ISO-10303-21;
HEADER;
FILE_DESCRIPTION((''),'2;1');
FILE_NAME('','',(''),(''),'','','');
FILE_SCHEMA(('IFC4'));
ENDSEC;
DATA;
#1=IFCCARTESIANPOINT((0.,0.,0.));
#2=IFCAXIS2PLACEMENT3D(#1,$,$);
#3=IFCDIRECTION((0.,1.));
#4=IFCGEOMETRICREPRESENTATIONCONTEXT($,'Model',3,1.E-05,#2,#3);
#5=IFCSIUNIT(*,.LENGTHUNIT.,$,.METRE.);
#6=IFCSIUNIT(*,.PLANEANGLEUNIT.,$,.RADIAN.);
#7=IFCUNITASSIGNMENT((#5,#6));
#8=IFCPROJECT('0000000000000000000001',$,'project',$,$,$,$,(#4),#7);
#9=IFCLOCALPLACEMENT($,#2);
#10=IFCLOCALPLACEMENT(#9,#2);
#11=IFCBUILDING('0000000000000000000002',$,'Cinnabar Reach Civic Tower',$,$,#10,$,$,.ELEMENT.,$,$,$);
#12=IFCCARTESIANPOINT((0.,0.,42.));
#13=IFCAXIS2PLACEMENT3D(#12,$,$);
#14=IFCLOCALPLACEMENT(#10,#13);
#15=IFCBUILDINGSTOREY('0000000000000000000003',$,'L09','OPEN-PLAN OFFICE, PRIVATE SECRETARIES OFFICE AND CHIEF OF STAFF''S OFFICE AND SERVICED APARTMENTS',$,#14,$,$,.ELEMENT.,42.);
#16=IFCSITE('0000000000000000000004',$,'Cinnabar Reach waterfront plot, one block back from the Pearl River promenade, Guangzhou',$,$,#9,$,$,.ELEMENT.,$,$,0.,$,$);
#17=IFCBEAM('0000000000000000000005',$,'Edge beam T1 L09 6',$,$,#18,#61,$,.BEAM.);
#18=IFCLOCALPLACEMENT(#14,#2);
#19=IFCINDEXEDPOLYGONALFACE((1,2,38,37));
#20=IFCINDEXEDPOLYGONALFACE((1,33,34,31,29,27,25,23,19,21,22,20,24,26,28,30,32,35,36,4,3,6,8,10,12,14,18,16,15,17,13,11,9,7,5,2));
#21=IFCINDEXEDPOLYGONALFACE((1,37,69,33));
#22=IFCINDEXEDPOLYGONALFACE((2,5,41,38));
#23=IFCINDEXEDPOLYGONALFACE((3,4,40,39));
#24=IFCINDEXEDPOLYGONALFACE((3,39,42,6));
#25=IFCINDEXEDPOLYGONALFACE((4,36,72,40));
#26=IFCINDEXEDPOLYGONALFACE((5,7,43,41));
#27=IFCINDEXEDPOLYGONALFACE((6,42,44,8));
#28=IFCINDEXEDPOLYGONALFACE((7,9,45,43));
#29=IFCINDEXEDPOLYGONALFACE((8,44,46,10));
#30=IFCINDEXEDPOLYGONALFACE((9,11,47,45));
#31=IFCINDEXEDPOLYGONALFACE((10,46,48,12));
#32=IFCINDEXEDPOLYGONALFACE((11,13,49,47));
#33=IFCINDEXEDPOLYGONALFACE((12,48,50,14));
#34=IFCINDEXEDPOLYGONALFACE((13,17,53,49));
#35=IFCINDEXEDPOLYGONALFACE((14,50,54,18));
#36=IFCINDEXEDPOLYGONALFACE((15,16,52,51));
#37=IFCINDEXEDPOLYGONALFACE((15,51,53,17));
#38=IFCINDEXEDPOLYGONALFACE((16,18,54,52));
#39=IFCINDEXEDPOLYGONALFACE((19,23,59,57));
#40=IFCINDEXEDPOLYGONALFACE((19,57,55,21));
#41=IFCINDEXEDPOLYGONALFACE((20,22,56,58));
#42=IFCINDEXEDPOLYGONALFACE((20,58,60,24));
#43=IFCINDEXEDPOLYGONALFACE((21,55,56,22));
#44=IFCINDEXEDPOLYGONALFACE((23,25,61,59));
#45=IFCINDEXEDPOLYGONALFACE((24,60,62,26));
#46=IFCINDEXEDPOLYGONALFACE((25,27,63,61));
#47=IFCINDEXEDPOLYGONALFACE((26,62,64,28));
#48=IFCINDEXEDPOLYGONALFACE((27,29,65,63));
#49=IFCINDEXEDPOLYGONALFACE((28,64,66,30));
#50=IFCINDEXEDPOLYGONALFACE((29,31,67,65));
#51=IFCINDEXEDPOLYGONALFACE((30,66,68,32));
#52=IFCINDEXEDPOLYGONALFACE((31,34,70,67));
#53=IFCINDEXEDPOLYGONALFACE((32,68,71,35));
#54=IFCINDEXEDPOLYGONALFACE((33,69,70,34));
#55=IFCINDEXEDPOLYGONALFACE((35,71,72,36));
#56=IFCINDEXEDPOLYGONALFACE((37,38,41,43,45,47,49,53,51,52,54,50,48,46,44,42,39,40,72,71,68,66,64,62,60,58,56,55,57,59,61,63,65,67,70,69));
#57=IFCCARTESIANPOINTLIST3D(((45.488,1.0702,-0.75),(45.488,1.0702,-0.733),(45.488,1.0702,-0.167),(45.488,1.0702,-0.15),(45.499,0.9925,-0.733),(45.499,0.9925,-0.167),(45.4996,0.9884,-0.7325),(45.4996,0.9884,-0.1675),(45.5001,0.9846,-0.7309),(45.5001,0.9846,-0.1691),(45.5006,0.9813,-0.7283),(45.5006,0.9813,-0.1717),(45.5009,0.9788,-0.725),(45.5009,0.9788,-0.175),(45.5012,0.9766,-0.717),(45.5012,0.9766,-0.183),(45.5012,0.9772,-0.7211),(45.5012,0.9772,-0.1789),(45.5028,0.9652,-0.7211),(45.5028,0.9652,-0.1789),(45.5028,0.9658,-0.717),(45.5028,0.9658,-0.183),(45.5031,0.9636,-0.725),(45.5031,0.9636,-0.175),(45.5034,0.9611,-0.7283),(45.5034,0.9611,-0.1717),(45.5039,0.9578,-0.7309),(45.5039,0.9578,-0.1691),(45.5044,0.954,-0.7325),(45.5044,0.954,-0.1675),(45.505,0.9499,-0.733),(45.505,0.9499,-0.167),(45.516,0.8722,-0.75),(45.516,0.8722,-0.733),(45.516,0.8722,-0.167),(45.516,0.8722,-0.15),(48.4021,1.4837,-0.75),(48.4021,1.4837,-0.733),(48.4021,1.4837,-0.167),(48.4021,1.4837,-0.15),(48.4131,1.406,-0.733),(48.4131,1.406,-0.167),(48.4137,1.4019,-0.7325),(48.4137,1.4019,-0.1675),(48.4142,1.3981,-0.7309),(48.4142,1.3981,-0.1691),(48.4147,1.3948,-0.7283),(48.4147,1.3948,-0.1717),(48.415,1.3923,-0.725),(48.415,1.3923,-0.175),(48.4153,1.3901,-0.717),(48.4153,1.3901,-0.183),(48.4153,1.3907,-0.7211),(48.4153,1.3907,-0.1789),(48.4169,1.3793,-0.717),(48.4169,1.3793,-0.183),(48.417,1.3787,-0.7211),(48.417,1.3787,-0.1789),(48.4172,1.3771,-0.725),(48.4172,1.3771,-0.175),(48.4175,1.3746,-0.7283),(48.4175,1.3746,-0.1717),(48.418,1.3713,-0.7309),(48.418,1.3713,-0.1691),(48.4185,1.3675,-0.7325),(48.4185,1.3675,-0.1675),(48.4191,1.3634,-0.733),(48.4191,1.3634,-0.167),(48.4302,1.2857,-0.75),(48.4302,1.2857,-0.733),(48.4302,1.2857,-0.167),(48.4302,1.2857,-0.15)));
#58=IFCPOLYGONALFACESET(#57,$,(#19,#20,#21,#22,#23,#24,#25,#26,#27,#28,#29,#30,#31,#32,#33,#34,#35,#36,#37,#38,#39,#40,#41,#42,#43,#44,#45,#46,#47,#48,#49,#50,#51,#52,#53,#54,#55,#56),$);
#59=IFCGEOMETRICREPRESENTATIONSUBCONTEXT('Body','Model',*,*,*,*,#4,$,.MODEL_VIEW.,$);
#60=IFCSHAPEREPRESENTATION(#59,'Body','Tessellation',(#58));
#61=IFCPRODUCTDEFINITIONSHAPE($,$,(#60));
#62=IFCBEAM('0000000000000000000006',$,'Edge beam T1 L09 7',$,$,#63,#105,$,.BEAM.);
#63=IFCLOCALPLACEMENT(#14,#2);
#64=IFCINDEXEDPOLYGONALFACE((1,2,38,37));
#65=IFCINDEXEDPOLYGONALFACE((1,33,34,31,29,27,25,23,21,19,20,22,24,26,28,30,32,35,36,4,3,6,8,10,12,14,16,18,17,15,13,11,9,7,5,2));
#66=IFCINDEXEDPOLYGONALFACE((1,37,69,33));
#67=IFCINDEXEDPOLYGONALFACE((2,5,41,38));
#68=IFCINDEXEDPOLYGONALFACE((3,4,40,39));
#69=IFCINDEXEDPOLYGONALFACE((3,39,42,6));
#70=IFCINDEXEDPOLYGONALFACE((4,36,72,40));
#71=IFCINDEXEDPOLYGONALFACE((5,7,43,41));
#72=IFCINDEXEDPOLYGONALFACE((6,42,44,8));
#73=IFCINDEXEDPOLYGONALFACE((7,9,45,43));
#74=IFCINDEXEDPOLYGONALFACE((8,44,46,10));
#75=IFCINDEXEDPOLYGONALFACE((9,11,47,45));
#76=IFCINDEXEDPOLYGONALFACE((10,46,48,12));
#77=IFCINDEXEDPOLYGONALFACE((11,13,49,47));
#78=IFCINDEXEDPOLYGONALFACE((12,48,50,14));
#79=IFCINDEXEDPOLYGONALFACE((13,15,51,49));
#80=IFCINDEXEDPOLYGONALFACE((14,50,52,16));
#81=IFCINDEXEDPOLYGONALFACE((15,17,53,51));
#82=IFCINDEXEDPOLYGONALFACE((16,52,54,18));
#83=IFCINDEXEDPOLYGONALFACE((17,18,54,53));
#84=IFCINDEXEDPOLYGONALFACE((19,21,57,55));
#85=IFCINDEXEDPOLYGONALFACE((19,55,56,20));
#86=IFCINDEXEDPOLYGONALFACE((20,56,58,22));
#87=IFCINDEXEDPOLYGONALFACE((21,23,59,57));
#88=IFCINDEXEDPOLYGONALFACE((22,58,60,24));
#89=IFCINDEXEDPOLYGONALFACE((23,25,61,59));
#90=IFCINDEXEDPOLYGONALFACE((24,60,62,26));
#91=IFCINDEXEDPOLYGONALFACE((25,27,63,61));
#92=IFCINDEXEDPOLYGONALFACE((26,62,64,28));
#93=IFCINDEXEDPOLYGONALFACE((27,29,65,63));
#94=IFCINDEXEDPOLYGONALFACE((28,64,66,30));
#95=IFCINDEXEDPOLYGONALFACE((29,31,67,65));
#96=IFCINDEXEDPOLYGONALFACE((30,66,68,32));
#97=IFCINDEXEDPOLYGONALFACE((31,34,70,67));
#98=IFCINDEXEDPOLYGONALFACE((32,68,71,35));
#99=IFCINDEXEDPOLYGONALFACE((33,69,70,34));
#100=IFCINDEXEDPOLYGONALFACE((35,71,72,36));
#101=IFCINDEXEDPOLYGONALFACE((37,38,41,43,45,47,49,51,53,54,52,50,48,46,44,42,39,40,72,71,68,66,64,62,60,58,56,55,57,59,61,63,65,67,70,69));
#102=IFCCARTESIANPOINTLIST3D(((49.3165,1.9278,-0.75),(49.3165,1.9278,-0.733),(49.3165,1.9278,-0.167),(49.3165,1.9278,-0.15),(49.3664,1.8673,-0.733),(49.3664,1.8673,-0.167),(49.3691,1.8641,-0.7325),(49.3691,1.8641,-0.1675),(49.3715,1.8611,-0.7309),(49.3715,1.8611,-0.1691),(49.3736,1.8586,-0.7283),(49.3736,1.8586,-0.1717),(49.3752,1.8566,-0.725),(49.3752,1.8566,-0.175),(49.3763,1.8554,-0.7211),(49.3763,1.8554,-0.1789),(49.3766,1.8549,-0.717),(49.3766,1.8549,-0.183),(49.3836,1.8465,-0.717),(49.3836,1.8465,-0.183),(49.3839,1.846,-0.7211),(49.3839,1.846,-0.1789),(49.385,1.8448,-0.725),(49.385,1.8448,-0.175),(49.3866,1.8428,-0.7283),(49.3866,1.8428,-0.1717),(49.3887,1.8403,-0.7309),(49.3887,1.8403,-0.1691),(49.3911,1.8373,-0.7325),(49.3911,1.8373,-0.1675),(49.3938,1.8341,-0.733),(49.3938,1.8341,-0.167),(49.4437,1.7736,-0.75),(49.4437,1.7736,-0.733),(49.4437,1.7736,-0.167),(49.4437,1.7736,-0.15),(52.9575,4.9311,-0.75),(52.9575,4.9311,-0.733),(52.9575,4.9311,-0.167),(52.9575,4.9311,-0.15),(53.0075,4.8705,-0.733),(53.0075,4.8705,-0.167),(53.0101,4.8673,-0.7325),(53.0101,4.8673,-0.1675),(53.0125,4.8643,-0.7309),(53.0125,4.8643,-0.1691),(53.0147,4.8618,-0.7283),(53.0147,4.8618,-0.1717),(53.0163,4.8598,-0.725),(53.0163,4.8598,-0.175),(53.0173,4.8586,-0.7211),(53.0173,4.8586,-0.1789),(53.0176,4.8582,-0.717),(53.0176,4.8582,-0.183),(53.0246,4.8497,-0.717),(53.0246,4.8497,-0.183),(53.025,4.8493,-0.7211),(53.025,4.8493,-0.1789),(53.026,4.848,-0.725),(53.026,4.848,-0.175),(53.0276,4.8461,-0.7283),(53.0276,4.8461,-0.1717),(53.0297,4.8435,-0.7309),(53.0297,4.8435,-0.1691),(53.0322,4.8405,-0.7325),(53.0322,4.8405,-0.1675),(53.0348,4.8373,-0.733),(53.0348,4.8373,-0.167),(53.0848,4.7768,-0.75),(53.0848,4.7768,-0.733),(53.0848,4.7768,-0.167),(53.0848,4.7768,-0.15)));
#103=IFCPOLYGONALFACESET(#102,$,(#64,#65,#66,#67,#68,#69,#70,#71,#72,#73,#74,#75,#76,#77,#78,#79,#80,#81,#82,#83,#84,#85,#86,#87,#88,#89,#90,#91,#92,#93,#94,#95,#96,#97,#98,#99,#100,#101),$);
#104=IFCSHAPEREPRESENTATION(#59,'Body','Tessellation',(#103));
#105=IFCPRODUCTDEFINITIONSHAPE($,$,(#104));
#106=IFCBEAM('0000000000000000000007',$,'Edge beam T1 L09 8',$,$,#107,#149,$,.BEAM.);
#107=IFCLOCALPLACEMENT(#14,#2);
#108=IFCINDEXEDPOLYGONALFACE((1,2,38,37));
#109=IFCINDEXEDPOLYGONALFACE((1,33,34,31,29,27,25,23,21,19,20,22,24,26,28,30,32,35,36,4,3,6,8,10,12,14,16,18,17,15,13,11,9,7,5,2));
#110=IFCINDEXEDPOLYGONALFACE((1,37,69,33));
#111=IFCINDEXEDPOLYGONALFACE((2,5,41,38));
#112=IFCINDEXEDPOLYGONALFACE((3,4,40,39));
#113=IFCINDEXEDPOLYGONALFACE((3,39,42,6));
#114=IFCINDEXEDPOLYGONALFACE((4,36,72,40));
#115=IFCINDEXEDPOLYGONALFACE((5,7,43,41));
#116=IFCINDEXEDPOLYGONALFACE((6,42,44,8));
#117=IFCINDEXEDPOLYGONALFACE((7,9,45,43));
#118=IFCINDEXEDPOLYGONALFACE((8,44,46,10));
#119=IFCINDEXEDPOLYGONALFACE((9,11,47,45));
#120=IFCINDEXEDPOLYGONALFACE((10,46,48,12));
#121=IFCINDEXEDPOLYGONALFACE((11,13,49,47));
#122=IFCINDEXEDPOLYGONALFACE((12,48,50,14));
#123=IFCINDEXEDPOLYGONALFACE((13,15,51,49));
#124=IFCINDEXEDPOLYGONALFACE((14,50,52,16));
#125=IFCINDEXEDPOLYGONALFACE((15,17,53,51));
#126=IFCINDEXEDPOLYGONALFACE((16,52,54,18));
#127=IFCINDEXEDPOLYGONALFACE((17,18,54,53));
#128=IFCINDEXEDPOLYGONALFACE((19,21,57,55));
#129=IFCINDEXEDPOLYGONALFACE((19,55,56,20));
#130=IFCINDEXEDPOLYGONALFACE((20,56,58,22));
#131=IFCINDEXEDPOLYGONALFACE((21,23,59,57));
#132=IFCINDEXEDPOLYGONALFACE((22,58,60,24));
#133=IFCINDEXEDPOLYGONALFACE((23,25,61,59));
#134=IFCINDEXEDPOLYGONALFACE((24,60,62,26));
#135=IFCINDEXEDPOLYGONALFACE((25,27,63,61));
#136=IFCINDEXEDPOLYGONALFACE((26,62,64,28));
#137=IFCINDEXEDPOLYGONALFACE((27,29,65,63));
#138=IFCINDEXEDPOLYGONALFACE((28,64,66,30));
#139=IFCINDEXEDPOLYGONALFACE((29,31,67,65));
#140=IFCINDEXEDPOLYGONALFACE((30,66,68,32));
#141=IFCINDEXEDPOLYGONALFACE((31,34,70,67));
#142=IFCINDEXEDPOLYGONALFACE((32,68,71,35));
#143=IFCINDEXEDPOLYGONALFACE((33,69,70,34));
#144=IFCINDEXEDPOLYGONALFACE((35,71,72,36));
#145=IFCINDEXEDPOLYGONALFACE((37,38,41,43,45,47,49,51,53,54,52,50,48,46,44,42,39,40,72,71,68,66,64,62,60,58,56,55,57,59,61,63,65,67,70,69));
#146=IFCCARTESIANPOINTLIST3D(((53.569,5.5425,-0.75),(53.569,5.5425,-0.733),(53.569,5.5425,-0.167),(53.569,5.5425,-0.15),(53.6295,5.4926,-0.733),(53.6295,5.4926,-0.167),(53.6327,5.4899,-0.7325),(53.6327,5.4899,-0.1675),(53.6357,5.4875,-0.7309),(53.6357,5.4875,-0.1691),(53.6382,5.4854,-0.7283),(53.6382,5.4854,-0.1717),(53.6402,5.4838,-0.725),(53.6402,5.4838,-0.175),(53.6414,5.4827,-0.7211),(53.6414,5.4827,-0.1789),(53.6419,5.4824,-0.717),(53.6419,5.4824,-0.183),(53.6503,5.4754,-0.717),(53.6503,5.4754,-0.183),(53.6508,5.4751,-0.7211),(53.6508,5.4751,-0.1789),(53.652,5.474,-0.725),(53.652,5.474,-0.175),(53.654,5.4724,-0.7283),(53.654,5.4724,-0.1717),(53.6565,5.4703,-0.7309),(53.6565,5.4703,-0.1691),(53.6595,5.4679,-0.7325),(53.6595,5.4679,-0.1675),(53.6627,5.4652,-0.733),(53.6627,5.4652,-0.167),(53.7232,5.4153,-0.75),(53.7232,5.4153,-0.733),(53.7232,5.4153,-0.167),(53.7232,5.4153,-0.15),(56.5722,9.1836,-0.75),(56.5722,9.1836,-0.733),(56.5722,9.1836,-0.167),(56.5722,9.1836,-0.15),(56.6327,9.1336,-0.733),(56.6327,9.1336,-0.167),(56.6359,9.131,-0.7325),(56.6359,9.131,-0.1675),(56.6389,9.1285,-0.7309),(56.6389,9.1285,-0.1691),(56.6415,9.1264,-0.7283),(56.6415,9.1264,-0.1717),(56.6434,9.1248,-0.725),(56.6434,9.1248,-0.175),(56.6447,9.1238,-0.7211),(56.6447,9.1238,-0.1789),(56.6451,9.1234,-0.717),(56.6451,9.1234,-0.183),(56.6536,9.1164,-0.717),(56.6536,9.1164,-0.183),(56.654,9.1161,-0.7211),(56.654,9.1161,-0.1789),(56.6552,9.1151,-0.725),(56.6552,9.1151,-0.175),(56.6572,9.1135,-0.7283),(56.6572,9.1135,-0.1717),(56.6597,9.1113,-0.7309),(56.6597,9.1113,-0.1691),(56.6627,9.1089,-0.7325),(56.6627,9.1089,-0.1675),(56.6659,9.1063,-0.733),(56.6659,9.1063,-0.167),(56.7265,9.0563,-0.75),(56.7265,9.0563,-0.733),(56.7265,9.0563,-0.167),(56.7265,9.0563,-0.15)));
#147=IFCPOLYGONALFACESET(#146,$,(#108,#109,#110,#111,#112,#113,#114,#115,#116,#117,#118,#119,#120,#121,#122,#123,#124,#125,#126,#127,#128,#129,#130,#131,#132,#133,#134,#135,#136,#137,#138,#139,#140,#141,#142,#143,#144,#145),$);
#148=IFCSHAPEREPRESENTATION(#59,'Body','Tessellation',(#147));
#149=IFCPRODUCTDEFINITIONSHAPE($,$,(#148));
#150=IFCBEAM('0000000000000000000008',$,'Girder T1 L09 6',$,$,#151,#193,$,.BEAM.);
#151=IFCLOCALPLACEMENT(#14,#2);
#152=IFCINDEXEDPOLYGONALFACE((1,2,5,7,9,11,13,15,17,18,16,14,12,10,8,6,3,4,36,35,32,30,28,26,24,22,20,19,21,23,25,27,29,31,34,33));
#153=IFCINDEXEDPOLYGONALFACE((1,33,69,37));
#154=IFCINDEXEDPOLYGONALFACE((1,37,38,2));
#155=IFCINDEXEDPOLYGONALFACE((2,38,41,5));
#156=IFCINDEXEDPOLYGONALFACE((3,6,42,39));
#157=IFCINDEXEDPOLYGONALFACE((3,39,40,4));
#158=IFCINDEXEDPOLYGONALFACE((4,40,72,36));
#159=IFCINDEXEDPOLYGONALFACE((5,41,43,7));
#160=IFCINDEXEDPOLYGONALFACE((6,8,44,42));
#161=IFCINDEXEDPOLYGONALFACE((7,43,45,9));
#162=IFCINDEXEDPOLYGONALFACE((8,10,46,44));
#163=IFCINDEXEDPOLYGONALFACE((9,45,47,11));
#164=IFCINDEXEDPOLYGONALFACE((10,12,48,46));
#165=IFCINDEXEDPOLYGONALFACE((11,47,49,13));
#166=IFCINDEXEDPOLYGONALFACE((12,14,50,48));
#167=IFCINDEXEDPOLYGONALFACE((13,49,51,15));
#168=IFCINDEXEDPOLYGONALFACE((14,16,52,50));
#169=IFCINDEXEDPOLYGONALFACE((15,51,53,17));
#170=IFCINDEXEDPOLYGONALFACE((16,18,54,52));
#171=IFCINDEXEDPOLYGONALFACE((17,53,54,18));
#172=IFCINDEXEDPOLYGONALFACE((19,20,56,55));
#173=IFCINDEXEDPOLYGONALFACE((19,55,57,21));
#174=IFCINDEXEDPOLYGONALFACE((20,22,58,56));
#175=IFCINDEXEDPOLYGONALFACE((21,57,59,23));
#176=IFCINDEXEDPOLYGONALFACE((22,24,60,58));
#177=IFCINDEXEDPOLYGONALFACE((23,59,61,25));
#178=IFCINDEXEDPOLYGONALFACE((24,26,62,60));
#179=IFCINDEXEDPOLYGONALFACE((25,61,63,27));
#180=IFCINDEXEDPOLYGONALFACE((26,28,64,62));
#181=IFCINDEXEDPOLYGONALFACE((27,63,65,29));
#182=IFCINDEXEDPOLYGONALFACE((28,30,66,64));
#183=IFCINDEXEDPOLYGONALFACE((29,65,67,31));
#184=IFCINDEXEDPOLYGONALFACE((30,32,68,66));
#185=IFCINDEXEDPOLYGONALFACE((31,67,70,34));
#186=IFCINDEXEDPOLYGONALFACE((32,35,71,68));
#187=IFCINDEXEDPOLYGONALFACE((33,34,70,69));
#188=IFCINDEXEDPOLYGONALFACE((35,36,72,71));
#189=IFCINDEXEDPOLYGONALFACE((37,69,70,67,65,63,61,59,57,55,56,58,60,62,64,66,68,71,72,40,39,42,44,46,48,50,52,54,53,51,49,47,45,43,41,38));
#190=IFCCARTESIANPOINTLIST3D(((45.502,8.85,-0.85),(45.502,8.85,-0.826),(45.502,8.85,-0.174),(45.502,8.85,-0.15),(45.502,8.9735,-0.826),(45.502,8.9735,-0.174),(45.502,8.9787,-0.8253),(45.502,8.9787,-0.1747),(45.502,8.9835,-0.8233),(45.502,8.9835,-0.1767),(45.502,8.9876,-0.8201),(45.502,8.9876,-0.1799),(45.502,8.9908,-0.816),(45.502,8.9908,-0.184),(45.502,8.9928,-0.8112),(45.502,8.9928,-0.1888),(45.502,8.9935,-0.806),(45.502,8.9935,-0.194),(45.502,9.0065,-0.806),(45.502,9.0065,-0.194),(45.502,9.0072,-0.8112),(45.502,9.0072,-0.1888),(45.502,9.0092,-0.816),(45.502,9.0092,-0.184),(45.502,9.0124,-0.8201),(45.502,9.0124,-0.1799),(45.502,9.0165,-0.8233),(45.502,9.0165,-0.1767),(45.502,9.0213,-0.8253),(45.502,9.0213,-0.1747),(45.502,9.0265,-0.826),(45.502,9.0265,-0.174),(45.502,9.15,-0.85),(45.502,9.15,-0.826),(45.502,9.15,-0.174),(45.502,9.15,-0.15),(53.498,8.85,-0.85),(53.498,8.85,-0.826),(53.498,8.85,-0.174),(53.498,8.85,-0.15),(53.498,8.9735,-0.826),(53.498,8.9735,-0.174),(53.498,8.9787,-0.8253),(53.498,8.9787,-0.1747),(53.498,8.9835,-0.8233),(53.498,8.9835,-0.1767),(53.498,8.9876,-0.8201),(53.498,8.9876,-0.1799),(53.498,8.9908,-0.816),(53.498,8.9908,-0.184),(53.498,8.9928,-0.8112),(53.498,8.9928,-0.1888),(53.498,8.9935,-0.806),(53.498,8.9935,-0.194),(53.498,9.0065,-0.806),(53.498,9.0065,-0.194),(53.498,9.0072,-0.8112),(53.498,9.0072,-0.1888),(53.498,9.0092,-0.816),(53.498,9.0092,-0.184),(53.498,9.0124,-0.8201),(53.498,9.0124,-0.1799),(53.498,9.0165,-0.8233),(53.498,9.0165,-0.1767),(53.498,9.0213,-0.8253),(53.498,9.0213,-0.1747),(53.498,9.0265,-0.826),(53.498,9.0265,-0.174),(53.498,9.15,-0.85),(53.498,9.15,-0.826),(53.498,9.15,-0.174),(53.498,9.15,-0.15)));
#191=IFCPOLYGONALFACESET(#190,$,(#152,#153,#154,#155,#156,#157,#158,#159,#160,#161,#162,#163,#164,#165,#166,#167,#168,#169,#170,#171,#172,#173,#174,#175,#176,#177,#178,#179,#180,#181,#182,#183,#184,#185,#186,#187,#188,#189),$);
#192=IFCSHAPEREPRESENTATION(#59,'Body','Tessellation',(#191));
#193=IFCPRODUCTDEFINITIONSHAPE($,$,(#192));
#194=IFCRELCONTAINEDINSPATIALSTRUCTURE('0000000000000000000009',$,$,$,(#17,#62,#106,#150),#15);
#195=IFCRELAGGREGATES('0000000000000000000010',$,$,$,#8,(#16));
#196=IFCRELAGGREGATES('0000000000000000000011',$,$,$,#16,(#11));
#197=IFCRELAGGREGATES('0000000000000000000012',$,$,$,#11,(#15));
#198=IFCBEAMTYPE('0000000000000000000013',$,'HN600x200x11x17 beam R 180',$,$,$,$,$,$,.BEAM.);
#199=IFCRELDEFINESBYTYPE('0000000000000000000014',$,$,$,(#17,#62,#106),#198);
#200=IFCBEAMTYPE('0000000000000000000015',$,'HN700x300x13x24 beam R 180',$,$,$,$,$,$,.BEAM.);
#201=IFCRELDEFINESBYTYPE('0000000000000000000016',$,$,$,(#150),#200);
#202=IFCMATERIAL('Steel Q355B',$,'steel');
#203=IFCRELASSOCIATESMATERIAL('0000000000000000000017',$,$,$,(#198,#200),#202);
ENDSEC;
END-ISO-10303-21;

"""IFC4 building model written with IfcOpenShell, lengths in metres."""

from ifc_helpers import new_model, si_unit, direction, frame, origin, origin_2d, place, context, subcontext, project, spatial, i_section, extrude, material, material_profile, profile_set, type_object, element, save


model = new_model("IFC4")

# Units and contexts
model_context = context("Model", 3, precision=1e-05, world=origin(), true_north=direction((0.0, 1.0)))
body_context = subcontext(model_context, "Body", "Model", "MODEL_VIEW")
ifc_project = project(units=[si_unit("LENGTHUNIT", "METRE"), si_unit("PLANEANGLEUNIT", "RADIAN")], contexts=[model_context])

# Site, building, storey
site_placement = place(None, origin())
site = spatial("IfcSite", under=ifc_project, at=site_placement, Name="Cinnabar Reach waterfront plot, one block back from the Pearl River promenade, Guangzhou", CompositionType="ELEMENT", RefElevation=0.0)
building_placement = place(site_placement, origin())
building = spatial("IfcBuilding", under=site, at=building_placement, Name="Cinnabar Reach Civic Tower", CompositionType="ELEMENT")
storey_placement = place(building_placement, frame((0.0, 0.0, 42.0)))
storey = spatial("IfcBuildingStorey", under=building, at=storey_placement, Name="L09", Description="OPEN-PLAN OFFICE, PRIVATE SECRETARIES OFFICE AND CHIEF OF STAFF'S OFFICE AND SERVICED APARTMENTS", CompositionType="ELEMENT", Elevation=42.0)

# Beams
ifc_material_1 = material(Name="Steel Q355B", Category="steel")
ifc_material_profile_1 = material_profile(ifc_material_1, i_section(OverallWidth=0.2, OverallDepth=0.6, WebThickness=0.011, FlangeThickness=0.017, FilletRadius=0.016, at=origin_2d()), Name="HN600x200x11x17")
ifc_profile_set_1 = profile_set([ifc_material_profile_1], Name="Steel Q355B")
beam_type_1 = type_object("IfcBeamType", Name="HN600x200x11x17 beam R 180", PredefinedType="BEAM", material=ifc_profile_set_1)
beam_1_placement = place(storey_placement, frame((45.502, 0.9712, -0.45), z_axis=(0.990082, 0.140489, 0.0), x_axis=(-0.140489, 0.990082, 0.0)))
element("IfcBeam", 1, at=beam_1_placement, inside=storey, type_object=beam_type_1, Name="Edge beam T1 L09 6", PredefinedType="BEAM", context=body_context, shape_type="SweptSolid", body=[
    extrude(i_section(OverallWidth=0.2, OverallDepth=0.6, WebThickness=0.011, FlangeThickness=0.017, FilletRadius=0.016, at=origin_2d()), origin(), (0.0, 0.0, 1.0), 2.9433),
])
for number, where, z_axis, x_axis, name in (
    (2, (49.3801, 1.8507, -0.45), (0.771438, 0.636304, 0.0), (-0.636304, 0.771438, 0.0), "Edge beam T1 L09 7"),
    (3, (53.6461, 5.4789, -0.45), (0.636304, 0.771438, 0.0), (-0.771438, 0.636304, 0.0), "Edge beam T1 L09 8"),
):
    element("IfcBeam", number, at=place(storey_placement, frame(where, z_axis=z_axis, x_axis=x_axis)), inside=storey, type_object=beam_type_1, Name=name, PredefinedType="BEAM", context=body_context, shape_type="SweptSolid", body=[
        extrude(i_section(OverallWidth=0.2, OverallDepth=0.6, WebThickness=0.011, FlangeThickness=0.017, FilletRadius=0.016, at=origin_2d()), origin(), (0.0, 0.0, 1.0), 4.7198),
    ])
ifc_material_profile_2 = material_profile(ifc_material_1, i_section(OverallWidth=0.3, OverallDepth=0.7, WebThickness=0.013, FlangeThickness=0.024, FilletRadius=0.02, at=origin_2d()), Name="HN700x300x13x24")
ifc_profile_set_2 = profile_set([ifc_material_profile_2], Name="Steel Q355B")
beam_type_2 = type_object("IfcBeamType", Name="HN700x300x13x24 beam R 180", PredefinedType="BEAM", material=ifc_profile_set_2)
beam_2_placement = place(storey_placement, frame((45.502, 9.0, -0.5), z_axis=(1.0, 0.0, 0.0), x_axis=(0.0, 1.0, 0.0)))
element("IfcBeam", 4, at=beam_2_placement, inside=storey, type_object=beam_type_2, Name="Girder T1 L09 6", PredefinedType="BEAM", context=body_context, shape_type="SweptSolid", body=[
    extrude(i_section(OverallWidth=0.3, OverallDepth=0.7, WebThickness=0.013, FlangeThickness=0.024, FilletRadius=0.02, at=origin_2d()), origin(), (0.0, 0.0, 1.0), 7.996),
])

save(model, "model.ifc")
